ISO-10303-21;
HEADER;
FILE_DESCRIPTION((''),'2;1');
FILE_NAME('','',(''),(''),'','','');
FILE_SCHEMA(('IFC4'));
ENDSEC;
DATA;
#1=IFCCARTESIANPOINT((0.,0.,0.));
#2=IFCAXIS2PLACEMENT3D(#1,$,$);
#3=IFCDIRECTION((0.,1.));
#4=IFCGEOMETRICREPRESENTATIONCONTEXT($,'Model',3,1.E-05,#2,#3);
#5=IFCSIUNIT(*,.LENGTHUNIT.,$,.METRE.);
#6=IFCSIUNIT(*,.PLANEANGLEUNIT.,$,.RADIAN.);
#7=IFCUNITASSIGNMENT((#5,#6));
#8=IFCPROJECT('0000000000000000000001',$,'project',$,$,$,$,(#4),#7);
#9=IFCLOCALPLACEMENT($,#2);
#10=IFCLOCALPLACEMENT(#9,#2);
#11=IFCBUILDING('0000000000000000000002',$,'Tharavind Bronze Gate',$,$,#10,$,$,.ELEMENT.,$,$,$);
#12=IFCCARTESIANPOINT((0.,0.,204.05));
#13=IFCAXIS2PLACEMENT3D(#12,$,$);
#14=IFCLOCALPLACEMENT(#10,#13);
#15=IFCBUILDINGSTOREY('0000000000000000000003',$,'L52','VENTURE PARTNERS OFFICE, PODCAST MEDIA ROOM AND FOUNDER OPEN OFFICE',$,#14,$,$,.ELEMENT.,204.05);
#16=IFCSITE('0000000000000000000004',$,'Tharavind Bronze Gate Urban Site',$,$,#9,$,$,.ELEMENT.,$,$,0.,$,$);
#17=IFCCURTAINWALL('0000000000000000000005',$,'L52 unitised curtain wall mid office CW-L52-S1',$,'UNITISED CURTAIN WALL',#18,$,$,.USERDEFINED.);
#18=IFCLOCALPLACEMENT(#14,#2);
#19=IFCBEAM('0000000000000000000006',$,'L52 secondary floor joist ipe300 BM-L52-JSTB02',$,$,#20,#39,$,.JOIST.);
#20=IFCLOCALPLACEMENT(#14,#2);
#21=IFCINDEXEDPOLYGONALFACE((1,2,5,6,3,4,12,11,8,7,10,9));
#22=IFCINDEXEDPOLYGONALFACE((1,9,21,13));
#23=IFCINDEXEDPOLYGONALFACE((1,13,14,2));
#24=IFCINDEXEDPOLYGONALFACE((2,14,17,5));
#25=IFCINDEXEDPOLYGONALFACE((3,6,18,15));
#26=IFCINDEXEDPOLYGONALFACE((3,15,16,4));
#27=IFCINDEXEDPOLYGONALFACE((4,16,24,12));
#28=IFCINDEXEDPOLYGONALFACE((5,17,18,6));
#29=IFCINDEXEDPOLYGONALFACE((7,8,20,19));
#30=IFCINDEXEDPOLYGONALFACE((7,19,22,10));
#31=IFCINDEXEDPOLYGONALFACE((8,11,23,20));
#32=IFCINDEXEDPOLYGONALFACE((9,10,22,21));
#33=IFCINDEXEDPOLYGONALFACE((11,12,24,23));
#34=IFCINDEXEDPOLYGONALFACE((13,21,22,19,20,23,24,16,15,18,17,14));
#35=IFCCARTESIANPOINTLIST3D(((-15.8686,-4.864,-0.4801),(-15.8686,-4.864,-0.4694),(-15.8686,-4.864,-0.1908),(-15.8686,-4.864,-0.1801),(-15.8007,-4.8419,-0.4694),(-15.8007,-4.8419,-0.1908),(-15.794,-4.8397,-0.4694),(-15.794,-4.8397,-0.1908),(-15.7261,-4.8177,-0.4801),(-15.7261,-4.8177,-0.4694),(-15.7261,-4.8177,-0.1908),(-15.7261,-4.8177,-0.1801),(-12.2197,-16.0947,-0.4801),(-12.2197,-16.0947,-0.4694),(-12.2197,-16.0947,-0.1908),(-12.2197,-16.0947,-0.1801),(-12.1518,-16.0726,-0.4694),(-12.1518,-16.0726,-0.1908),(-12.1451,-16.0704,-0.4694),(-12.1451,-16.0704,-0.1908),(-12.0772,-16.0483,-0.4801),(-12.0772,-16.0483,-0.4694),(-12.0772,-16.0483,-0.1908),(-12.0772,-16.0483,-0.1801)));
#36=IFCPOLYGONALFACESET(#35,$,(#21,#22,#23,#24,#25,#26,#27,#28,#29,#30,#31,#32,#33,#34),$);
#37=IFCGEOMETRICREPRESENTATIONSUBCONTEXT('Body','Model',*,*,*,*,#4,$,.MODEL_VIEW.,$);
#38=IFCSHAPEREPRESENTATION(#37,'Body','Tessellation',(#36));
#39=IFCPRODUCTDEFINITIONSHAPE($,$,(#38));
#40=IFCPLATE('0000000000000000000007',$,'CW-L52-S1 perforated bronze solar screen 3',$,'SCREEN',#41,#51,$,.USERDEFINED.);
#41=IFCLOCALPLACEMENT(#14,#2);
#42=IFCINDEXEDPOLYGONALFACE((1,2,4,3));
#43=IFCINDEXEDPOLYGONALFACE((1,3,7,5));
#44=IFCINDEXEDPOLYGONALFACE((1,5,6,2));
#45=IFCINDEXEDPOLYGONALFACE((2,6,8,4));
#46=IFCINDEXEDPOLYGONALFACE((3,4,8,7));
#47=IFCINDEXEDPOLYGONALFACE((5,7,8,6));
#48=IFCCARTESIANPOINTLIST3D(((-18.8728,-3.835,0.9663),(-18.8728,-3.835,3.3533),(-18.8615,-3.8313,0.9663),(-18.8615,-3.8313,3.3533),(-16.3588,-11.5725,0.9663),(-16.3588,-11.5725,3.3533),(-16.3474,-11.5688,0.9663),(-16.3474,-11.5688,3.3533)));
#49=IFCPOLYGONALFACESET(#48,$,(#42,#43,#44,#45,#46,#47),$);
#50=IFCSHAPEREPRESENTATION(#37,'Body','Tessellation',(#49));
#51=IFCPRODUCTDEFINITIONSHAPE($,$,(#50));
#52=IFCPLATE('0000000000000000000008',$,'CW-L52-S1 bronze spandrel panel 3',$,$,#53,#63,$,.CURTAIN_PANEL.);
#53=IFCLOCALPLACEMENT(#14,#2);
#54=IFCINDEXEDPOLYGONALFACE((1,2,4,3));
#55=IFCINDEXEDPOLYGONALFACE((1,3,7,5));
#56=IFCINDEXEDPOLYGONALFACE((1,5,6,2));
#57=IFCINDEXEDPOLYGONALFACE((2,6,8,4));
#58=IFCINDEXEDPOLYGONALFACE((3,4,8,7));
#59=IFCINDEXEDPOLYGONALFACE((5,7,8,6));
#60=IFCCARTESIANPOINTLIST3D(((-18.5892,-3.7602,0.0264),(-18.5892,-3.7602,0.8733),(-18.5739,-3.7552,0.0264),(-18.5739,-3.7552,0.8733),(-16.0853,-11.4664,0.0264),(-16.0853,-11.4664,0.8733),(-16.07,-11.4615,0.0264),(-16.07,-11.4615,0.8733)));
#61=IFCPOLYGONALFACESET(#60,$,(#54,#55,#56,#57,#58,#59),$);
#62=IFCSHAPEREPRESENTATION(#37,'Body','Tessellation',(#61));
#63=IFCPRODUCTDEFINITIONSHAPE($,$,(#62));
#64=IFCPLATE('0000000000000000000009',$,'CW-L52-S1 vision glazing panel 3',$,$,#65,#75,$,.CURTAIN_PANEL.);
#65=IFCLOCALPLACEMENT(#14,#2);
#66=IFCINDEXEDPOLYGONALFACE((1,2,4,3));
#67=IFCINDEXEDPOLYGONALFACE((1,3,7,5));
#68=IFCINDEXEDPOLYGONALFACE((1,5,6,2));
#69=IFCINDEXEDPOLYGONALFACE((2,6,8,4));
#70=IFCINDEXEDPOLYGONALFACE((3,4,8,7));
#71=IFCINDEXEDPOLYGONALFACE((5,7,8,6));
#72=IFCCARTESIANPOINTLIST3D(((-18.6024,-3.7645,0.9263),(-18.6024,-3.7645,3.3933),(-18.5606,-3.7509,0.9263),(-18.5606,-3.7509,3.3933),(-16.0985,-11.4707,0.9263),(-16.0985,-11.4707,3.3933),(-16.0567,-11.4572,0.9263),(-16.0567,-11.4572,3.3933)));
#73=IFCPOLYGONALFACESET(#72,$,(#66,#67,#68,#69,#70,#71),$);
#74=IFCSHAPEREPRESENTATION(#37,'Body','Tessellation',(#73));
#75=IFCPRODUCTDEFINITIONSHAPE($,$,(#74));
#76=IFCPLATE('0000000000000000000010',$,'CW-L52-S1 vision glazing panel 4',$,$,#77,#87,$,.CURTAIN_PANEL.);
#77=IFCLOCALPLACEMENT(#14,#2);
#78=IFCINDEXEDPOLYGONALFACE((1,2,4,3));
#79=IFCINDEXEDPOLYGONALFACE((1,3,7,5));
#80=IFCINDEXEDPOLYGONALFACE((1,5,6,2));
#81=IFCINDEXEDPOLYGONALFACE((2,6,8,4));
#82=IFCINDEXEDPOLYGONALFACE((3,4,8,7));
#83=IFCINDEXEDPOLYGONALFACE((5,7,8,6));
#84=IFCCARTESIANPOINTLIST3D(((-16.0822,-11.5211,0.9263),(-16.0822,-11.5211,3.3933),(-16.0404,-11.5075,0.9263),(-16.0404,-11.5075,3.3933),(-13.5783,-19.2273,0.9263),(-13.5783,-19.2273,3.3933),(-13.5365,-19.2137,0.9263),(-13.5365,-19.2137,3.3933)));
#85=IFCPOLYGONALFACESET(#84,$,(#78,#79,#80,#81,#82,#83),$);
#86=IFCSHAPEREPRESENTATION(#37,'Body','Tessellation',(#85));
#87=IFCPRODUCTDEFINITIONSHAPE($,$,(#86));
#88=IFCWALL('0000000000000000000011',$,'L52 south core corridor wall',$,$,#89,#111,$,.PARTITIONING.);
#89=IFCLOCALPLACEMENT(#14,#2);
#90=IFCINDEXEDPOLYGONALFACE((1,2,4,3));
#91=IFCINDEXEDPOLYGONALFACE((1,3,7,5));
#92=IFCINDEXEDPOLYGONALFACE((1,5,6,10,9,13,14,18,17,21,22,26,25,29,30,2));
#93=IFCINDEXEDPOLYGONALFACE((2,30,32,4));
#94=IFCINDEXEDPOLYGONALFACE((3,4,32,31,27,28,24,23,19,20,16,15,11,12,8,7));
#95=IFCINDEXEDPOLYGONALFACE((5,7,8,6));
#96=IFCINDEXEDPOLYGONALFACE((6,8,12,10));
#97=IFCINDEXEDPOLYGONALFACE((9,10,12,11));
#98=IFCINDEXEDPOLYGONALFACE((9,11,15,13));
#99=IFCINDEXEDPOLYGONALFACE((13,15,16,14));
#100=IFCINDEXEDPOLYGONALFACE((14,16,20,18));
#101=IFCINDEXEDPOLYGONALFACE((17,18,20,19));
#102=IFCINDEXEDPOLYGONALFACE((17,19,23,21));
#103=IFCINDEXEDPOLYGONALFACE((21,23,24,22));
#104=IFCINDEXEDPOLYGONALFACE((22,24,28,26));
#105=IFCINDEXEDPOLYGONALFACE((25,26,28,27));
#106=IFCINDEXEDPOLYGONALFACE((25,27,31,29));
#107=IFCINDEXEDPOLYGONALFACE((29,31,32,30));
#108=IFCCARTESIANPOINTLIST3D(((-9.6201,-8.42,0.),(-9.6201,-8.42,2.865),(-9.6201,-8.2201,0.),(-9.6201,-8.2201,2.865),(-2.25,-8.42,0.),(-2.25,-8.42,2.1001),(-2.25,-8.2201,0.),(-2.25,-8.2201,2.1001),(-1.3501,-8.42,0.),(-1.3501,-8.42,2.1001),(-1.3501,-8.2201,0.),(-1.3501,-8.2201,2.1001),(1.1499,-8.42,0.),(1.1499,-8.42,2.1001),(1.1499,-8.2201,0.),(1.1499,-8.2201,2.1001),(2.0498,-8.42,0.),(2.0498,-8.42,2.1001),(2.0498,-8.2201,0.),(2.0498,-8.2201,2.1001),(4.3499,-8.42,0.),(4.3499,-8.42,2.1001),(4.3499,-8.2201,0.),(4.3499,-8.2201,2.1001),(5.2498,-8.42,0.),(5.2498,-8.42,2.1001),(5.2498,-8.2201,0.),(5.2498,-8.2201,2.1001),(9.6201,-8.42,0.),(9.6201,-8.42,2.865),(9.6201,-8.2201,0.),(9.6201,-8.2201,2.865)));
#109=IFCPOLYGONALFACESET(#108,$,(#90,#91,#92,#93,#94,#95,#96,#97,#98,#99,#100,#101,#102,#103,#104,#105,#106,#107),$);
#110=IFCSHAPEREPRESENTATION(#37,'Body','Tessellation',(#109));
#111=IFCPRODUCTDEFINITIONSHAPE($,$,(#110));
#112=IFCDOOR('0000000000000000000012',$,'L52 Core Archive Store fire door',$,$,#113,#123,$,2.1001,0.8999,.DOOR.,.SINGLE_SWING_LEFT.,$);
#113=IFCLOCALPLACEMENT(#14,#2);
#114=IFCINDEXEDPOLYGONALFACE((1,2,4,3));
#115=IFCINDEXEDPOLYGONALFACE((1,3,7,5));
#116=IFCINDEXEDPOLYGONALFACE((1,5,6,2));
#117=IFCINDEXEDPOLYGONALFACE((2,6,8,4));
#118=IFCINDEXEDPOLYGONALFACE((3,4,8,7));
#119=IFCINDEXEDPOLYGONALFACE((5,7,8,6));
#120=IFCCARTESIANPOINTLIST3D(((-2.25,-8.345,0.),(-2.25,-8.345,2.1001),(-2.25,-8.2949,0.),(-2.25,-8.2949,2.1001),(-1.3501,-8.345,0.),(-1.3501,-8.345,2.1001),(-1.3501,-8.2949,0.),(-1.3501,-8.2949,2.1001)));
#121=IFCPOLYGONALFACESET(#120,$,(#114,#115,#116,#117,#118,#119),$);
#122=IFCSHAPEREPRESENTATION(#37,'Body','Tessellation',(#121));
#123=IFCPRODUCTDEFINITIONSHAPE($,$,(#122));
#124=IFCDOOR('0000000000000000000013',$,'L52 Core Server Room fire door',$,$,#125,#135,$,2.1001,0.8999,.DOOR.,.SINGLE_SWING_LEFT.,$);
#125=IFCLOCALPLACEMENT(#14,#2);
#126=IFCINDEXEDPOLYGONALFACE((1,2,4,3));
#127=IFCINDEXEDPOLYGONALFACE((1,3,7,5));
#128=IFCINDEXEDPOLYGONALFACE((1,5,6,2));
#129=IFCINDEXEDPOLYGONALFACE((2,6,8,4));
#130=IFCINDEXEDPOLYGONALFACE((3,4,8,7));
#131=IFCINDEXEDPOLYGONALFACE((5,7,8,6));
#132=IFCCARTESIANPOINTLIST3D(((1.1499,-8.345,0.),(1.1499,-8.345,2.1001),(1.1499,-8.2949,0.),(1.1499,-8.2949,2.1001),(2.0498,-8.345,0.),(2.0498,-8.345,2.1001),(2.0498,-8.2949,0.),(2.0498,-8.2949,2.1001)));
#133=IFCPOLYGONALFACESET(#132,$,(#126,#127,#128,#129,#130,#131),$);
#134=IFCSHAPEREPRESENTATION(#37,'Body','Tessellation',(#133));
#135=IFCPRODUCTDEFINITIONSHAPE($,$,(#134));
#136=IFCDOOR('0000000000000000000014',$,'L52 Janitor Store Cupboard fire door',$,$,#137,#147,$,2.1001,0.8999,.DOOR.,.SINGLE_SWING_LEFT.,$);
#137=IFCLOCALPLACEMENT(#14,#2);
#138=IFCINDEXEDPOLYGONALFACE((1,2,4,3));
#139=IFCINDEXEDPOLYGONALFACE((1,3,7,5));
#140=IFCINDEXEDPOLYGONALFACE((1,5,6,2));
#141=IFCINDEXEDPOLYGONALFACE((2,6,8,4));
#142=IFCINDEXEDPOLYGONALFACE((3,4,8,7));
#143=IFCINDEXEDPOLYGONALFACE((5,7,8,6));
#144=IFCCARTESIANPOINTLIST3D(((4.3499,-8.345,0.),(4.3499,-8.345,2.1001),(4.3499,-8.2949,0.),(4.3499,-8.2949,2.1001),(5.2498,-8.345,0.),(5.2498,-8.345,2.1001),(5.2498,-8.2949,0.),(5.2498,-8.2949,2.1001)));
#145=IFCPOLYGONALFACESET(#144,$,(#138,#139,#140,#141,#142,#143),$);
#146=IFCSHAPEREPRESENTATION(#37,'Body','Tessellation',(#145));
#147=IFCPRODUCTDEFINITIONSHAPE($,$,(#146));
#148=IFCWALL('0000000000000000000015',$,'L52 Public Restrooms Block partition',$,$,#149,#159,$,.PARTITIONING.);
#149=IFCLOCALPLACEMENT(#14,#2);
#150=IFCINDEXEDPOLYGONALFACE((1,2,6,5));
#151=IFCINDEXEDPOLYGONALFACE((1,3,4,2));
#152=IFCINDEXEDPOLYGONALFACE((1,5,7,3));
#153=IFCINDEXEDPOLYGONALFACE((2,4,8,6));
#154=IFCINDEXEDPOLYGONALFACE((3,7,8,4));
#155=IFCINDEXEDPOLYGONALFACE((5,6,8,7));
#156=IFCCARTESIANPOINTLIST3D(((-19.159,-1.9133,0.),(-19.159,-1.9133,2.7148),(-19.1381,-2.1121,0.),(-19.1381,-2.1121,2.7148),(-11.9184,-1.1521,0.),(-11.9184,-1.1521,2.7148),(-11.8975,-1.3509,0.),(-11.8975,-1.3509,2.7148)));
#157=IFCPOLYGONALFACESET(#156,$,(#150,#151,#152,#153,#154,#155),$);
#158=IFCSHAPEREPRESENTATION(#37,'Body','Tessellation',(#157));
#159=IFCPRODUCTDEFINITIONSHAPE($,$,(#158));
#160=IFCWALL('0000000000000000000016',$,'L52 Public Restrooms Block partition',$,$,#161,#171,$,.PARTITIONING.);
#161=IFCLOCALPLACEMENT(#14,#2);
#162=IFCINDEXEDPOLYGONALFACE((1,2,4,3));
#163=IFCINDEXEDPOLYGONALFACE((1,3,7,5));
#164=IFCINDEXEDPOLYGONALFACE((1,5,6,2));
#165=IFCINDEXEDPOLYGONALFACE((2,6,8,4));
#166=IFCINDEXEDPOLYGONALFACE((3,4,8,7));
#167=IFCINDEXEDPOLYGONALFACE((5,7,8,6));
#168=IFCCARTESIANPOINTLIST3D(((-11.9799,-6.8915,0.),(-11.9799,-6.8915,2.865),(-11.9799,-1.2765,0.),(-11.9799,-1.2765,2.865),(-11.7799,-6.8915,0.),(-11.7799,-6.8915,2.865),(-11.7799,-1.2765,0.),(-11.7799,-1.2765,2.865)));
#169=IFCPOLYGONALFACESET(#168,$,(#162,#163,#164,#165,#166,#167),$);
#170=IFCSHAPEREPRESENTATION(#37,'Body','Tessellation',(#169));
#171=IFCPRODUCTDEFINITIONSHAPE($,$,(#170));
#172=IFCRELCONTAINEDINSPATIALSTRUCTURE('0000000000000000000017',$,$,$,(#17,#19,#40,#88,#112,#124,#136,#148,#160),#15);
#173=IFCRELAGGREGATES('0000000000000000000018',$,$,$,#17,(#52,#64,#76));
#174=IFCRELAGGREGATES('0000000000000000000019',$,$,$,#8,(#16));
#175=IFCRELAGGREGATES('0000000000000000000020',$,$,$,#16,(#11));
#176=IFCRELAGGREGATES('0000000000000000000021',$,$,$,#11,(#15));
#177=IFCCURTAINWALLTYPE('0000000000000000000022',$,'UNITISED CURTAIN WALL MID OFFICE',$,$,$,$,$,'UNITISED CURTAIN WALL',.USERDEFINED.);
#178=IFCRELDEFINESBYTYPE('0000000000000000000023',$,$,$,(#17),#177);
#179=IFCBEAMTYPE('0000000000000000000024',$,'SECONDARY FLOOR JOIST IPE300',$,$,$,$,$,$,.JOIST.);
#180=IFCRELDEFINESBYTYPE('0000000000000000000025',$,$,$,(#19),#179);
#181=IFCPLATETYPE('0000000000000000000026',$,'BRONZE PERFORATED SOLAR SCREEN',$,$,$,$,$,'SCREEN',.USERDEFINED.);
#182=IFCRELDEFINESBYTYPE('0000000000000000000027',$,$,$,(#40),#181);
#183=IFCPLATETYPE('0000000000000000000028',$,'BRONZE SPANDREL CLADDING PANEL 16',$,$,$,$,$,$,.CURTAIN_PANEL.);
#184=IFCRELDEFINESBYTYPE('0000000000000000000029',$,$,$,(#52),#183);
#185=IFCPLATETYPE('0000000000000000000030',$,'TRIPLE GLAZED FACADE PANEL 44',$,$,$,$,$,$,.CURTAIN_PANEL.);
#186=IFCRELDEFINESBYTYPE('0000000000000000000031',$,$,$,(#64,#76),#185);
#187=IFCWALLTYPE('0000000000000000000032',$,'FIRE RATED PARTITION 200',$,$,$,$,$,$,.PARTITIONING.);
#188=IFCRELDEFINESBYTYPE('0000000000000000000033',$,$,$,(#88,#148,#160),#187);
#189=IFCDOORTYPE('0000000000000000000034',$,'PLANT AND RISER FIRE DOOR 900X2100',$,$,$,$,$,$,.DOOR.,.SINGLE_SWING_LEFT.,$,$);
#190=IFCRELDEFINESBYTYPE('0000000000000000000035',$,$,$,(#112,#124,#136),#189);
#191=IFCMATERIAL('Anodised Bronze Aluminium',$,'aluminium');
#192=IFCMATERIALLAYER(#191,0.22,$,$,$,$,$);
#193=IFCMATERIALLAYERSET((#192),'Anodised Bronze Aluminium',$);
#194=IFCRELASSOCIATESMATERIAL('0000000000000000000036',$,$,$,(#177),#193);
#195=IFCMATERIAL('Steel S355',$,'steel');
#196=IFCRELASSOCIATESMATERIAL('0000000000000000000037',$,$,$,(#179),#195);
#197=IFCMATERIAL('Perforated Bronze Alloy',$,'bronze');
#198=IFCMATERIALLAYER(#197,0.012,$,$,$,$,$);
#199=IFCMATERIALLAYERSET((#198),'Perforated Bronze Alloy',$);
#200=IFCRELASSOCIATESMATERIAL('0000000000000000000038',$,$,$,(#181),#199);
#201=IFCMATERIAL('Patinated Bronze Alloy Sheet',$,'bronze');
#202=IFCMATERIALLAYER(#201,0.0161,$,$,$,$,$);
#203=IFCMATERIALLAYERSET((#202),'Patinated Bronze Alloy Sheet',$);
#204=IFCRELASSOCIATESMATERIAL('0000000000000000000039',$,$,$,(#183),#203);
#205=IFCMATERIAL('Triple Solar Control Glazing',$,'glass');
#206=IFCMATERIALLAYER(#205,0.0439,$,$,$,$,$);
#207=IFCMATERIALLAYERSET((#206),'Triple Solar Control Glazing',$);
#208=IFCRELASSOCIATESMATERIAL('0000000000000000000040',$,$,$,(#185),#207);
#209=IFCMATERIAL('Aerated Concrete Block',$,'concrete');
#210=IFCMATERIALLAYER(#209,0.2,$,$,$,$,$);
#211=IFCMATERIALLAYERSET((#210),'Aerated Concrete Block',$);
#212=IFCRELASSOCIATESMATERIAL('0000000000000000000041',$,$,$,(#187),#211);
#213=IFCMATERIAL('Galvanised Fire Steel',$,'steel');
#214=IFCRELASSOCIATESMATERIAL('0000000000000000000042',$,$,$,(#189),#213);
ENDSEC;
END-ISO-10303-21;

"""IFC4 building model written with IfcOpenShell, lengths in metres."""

from ifc_helpers import new_model, si_unit, direction, frame, frame_2d, origin, origin_2d, place, context, subcontext, project, spatial, rectangle, i_section, extrude, material, layer, layer_set, material_profile, profile_set, type_object, element, fill, aggregate, save


model = new_model("IFC4")

# Units and contexts
model_context = context("Model", 3, precision=1e-05, world=origin(), true_north=direction((0.0, 1.0)))
body_context = subcontext(model_context, "Body", "Model", "MODEL_VIEW")
ifc_project = project(units=[si_unit("LENGTHUNIT", "METRE"), si_unit("PLANEANGLEUNIT", "RADIAN")], contexts=[model_context])

# Site, building, storey
site_placement = place(None, origin())
site = spatial("IfcSite", under=ifc_project, at=site_placement, Name="Tharavind Bronze Gate Urban Site", CompositionType="ELEMENT", RefElevation=0.0)
building_placement = place(site_placement, origin())
building = spatial("IfcBuilding", under=site, at=building_placement, Name="Tharavind Bronze Gate", CompositionType="ELEMENT")
storey_placement = place(building_placement, frame((0.0, 0.0, 204.05)))
storey = spatial("IfcBuildingStorey", under=building, at=storey_placement, Name="L52", Description="VENTURE PARTNERS OFFICE, PODCAST MEDIA ROOM AND FOUNDER OPEN OFFICE", CompositionType="ELEMENT", Elevation=204.05)

# Curtain wall
ifc_material_1 = material(Name="Anodised Bronze Aluminium", Category="aluminium")
ifc_layer_1 = layer(ifc_material_1, 0.22)
ifc_layer_set_1 = layer_set([ifc_layer_1], Name="Anodised Bronze Aluminium")
curtain_wall_type = type_object("IfcCurtainWallType", Name="UNITISED CURTAIN WALL MID OFFICE", ElementType="UNITISED CURTAIN WALL", PredefinedType="USERDEFINED", material=ifc_layer_set_1)
curtain_wall_placement = place(storey_placement, origin())
curtain_wall = element("IfcCurtainWall", 1, at=curtain_wall_placement, inside=storey, type_object=curtain_wall_type, Name="L52 unitised curtain wall mid office CW-L52-S1", ObjectType="UNITISED CURTAIN WALL", PredefinedType="USERDEFINED")

# Beam
ifc_material_2 = material(Name="Steel S355", Category="steel")
ifc_material_profile_1 = material_profile(ifc_material_2, i_section(OverallWidth=0.1499, OverallDepth=0.3, WebThickness=0.0071, FlangeThickness=0.0107, at=origin_2d()), Name="IPE300")
ifc_profile_set_1 = profile_set([ifc_material_profile_1], Name="Steel S355")
beam_type_1 = type_object("IfcBeamType", Name="SECONDARY FLOOR JOIST IPE300", PredefinedType="JOIST", material=ifc_profile_set_1)
beam_1_placement = place(storey_placement, frame((-15.7974, -4.8408, -0.3301), z_axis=(0.309005, -0.95106, 0.0), x_axis=(0.95106, 0.309005, 0.0)))
element("IfcBeam", 2, at=beam_1_placement, inside=storey, type_object=beam_type_1, Name="L52 secondary floor joist ipe300 BM-L52-JSTB02", PredefinedType="JOIST", context=body_context, shape_type="SweptSolid", body=[
    extrude(i_section(OverallWidth=0.1499, OverallDepth=0.3, WebThickness=0.0071, FlangeThickness=0.0107, at=origin_2d()), origin(), (0.0, 0.0, 1.0), 11.8086),
])

# Plates
ifc_material_3 = material(Name="Perforated Bronze Alloy", Category="bronze")
ifc_layer_2 = layer(ifc_material_3, 0.012)
ifc_layer_set_2 = layer_set([ifc_layer_2], Name="Perforated Bronze Alloy")
plate_type_1 = type_object("IfcPlateType", Name="BRONZE PERFORATED SOLAR SCREEN", ElementType="SCREEN", PredefinedType="USERDEFINED", material=ifc_layer_set_2)
plate_1_placement = place(storey_placement, frame((-17.6101, -7.7019, 0.9663), z_axis=(0.0, 0.0, 1.0), x_axis=(0.309017, -0.951057, 0.0)))
element("IfcPlate", 3, at=plate_1_placement, inside=storey, type_object=plate_type_1, Name="CW-L52-S1 perforated bronze solar screen 3", ObjectType="SCREEN", PredefinedType="USERDEFINED", context=body_context, shape_type="SweptSolid", body=[
    extrude(rectangle(XDim=8.1357, YDim=0.012, at=origin_2d()), origin(), (0.0, 0.0, 1.0), 2.387),
])
ifc_material_4 = material(Name="Patinated Bronze Alloy Sheet", Category="bronze")
ifc_layer_3 = layer(ifc_material_4, 0.0161)
ifc_layer_set_3 = layer_set([ifc_layer_3], Name="Patinated Bronze Alloy Sheet")
plate_type_2 = type_object("IfcPlateType", Name="BRONZE SPANDREL CLADDING PANEL 16", PredefinedType="CURTAIN_PANEL", material=ifc_layer_set_3)
plate_2_placement = place(storey_placement, frame((-17.3296, -7.6108, 0.0264), z_axis=(0.0, 0.0, 1.0), x_axis=(0.309017, -0.951057, 0.0)))
plate_2 = element("IfcPlate", 4, at=plate_2_placement, type_object=plate_type_2, Name="CW-L52-S1 bronze spandrel panel 3", PredefinedType="CURTAIN_PANEL", context=body_context, shape_type="SweptSolid", body=[
    extrude(rectangle(XDim=8.1028, YDim=0.0161, at=origin_2d()), origin(), (0.0, 0.0, 1.0), 0.8469),
])
ifc_material_5 = material(Name="Triple Solar Control Glazing", Category="glass")
ifc_layer_4 = layer(ifc_material_5, 0.0439)
ifc_layer_set_4 = layer_set([ifc_layer_4], Name="Triple Solar Control Glazing")
plate_type_3 = type_object("IfcPlateType", Name="TRIPLE GLAZED FACADE PANEL 44", PredefinedType="CURTAIN_PANEL", material=ifc_layer_set_4)
plate_3_placement = place(storey_placement, frame((-17.3296, -7.6108, 0.9263), z_axis=(0.0, 0.0, 1.0), x_axis=(0.309017, -0.951057, 0.0)))
plate_3 = element("IfcPlate", 5, at=plate_3_placement, type_object=plate_type_3, Name="CW-L52-S1 vision glazing panel 3", PredefinedType="CURTAIN_PANEL", context=body_context, shape_type="SweptSolid", body=[
    extrude(rectangle(XDim=8.1028, YDim=0.0439, at=origin_2d()), origin(), (0.0, 0.0, 1.0), 2.467),
])
plate_4_placement = place(storey_placement, frame((-14.8093, -15.3674, 0.9263), z_axis=(0.0, 0.0, 1.0), x_axis=(0.309017, -0.951057, 0.0)))
plate_4 = element("IfcPlate", 6, at=plate_4_placement, type_object=plate_type_3, Name="CW-L52-S1 vision glazing panel 4", PredefinedType="CURTAIN_PANEL", context=body_context, shape_type="SweptSolid", body=[
    extrude(rectangle(XDim=8.1028, YDim=0.0439, at=origin_2d()), origin(), (0.0, 0.0, 1.0), 2.467),
])
aggregate(curtain_wall, [plate_2, plate_3, plate_4])

# Wall, openings, doors
ifc_material_6 = material(Name="Aerated Concrete Block", Category="concrete")
ifc_layer_5 = layer(ifc_material_6, 0.2)
ifc_layer_set_5 = layer_set([ifc_layer_5], Name="Aerated Concrete Block")
wall_type = type_object("IfcWallType", Name="FIRE RATED PARTITION 200", PredefinedType="PARTITIONING", material=ifc_layer_set_5)
wall_1_placement = place(storey_placement, frame((-9.6201, -8.3201, 0.0), z_axis=(0.0, 0.0, 1.0), x_axis=(1.0, 0.0, 0.0)))
wall_1 = element("IfcWall", 7, at=wall_1_placement, inside=storey, type_object=wall_type, Name="L52 south core corridor wall", PredefinedType="PARTITIONING", context=body_context, shape_type="SweptSolid", body=[
    extrude(rectangle(XDim=19.2402, YDim=0.2, at=frame_2d((9.6201, 0.0))), origin(), (0.0, 0.0, 1.0), 2.865),
])
opening_1_placement = place(wall_1_placement, frame((7.3701, 0.0, 0.0)))
opening_1 = element("IfcOpeningElement", 8, at=opening_1_placement, cuts=wall_1, PredefinedType="OPENING", context=body_context, shape_type="SweptSolid", body=[
    extrude(rectangle(XDim=0.8999, YDim=2.1001, at=frame_2d((0.45, 1.05))), frame((0.0, 0.1101, 0.0), z_axis=(0.0, -1.0, 0.0), x_axis=(1.0, 0.0, 0.0)), (0.0, 0.0, 1.0), 0.22),
])
opening_2_placement = place(wall_1_placement, frame((10.77, 0.0, 0.0)))
opening_2 = element("IfcOpeningElement", 9, at=opening_2_placement, cuts=wall_1, PredefinedType="OPENING", context=body_context, shape_type="SweptSolid", body=[
    extrude(rectangle(XDim=0.8999, YDim=2.1001, at=frame_2d((0.45, 1.05))), frame((0.0, 0.1101, 0.0), z_axis=(0.0, -1.0, 0.0), x_axis=(1.0, 0.0, 0.0)), (0.0, 0.0, 1.0), 0.22),
])
opening_3_placement = place(wall_1_placement, frame((13.97, 0.0, 0.0)))
opening_3 = element("IfcOpeningElement", 10, at=opening_3_placement, cuts=wall_1, PredefinedType="OPENING", context=body_context, shape_type="SweptSolid", body=[
    extrude(rectangle(XDim=0.8999, YDim=2.1001, at=frame_2d((0.45, 1.05))), frame((0.0, 0.1101, 0.0), z_axis=(0.0, -1.0, 0.0), x_axis=(1.0, 0.0, 0.0)), (0.0, 0.0, 1.0), 0.22),
])
ifc_material_7 = material(Name="Galvanised Fire Steel", Category="steel")
door_type_1 = type_object("IfcDoorType", Name="PLANT AND RISER FIRE DOOR 900X2100", OperationType="SINGLE_SWING_LEFT", PredefinedType="DOOR", material=ifc_material_7)
door_1_placement = place(opening_1_placement, frame((0.8999, 0.0, 0.0), z_axis=(0.0, 0.0, 1.0), x_axis=(-1.0, 0.0, 0.0)))
door_1 = element("IfcDoor", 11, at=door_1_placement, inside=storey, type_object=door_type_1, Name="L52 Core Archive Store fire door", OperationType="SINGLE_SWING_LEFT", OverallHeight=2.1001, OverallWidth=0.8999, PredefinedType="DOOR", context=body_context, shape_type="SweptSolid", body=[
    extrude(rectangle(XDim=0.8999, YDim=2.1001, at=frame_2d((0.45, 1.05))), frame((0.0, 0.0249, 0.0), z_axis=(0.0, -1.0, 0.0), x_axis=(1.0, 0.0, 0.0)), (0.0, 0.0, 1.0), 0.05),
])
fill(opening_1, door_1)
door_2_placement = place(opening_2_placement, frame((0.8999, 0.0, 0.0), z_axis=(0.0, 0.0, 1.0), x_axis=(-1.0, 0.0, 0.0)))
door_2 = element("IfcDoor", 12, at=door_2_placement, inside=storey, type_object=door_type_1, Name="L52 Core Server Room fire door", OperationType="SINGLE_SWING_LEFT", OverallHeight=2.1001, OverallWidth=0.8999, PredefinedType="DOOR", context=body_context, shape_type="SweptSolid", body=[
    extrude(rectangle(XDim=0.8999, YDim=2.1001, at=frame_2d((0.45, 1.05))), frame((0.0, 0.0249, 0.0), z_axis=(0.0, -1.0, 0.0), x_axis=(1.0, 0.0, 0.0)), (0.0, 0.0, 1.0), 0.05),
])
fill(opening_2, door_2)
door_3_placement = place(opening_3_placement, frame((0.8999, 0.0, 0.0), z_axis=(0.0, 0.0, 1.0), x_axis=(-1.0, 0.0, 0.0)))
door_3 = element("IfcDoor", 13, at=door_3_placement, inside=storey, type_object=door_type_1, Name="L52 Janitor Store Cupboard fire door", OperationType="SINGLE_SWING_LEFT", OverallHeight=2.1001, OverallWidth=0.8999, PredefinedType="DOOR", context=body_context, shape_type="SweptSolid", body=[
    extrude(rectangle(XDim=0.8999, YDim=2.1001, at=frame_2d((0.45, 1.05))), frame((0.0, 0.0249, 0.0), z_axis=(0.0, -1.0, 0.0), x_axis=(1.0, 0.0, 0.0)), (0.0, 0.0, 1.0), 0.05),
])
fill(opening_3, door_3)

# Walls
wall_2_placement = place(storey_placement, frame((-19.1484, -2.0127, 0.0), z_axis=(0.0, 0.0, 1.0), x_axis=(0.994519, 0.104556, 0.0)))
element("IfcWall", 14, at=wall_2_placement, inside=storey, type_object=wall_type, Name="L52 Public Restrooms Block partition", PredefinedType="PARTITIONING", context=body_context, shape_type="SweptSolid", body=[
    extrude(rectangle(XDim=7.2805, YDim=0.2, at=frame_2d((3.6401, 0.0))), origin(), (0.0, 0.0, 1.0), 2.7148),
])
wall_3_placement = place(storey_placement, frame((-11.8799, -1.2764, 0.0), z_axis=(0.0, 0.0, 1.0), x_axis=(0.0, -1.0, 0.0)))
element("IfcWall", 15, at=wall_3_placement, inside=storey, type_object=wall_type, Name="L52 Public Restrooms Block partition", PredefinedType="PARTITIONING", context=body_context, shape_type="SweptSolid", body=[
    extrude(rectangle(XDim=5.615, YDim=0.2, at=frame_2d((2.8076, 0.0))), origin(), (0.0, 0.0, 1.0), 2.865),
])

save(model, "model.ifc")
